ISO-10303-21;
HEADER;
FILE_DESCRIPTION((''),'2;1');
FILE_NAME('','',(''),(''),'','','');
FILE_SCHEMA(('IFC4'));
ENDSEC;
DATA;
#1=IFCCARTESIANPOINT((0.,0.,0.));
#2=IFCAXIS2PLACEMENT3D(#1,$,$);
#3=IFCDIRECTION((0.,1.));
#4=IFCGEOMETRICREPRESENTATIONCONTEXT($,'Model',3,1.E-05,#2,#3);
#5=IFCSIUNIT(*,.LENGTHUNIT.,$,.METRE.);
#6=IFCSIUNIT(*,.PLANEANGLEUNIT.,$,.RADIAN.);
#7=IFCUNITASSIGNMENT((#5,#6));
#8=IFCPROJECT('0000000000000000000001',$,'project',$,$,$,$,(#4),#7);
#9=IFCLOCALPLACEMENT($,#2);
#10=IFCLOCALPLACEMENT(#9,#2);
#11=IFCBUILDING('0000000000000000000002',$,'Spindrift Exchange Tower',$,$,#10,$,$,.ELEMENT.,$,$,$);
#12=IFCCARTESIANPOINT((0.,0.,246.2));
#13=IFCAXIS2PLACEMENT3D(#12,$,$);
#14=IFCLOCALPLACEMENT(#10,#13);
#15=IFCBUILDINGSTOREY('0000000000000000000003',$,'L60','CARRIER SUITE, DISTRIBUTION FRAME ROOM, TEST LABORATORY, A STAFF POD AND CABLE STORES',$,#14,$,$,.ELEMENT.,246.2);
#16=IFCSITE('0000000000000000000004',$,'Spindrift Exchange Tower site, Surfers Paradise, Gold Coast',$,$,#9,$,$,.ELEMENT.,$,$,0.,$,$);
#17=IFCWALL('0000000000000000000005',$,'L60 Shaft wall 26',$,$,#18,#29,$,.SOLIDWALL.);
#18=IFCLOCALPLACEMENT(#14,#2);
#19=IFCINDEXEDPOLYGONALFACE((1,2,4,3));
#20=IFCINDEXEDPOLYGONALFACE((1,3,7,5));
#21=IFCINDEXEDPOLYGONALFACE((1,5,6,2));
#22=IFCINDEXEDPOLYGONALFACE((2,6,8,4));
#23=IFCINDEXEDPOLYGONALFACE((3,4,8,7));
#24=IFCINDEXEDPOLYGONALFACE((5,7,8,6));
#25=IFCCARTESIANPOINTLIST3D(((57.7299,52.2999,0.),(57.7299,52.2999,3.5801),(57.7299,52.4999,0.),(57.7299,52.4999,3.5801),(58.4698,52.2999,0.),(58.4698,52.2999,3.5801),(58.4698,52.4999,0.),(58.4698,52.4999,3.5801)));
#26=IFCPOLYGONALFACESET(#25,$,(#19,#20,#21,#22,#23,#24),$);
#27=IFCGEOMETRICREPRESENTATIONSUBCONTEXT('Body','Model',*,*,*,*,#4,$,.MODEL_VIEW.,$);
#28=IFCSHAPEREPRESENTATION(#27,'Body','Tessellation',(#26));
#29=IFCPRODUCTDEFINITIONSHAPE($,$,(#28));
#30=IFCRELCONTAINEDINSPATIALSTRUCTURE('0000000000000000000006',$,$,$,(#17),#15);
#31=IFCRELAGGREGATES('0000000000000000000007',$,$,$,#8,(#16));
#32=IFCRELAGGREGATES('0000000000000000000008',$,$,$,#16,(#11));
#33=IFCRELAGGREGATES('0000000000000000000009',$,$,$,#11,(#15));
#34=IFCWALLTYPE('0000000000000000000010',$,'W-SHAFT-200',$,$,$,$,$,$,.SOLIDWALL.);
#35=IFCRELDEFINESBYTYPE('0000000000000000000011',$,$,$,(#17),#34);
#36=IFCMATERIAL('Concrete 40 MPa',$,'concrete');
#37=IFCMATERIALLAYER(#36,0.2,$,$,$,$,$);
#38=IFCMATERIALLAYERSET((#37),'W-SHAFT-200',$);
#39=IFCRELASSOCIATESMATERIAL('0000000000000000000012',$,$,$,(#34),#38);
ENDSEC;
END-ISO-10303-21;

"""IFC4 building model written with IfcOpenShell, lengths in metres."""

from ifc_helpers import new_model, si_unit, direction, frame, frame_2d, origin, place, context, subcontext, project, spatial, rectangle, extrude, material, layer, layer_set, type_object, element, save


model = new_model("IFC4")

# Units and contexts
model_context = context("Model", 3, precision=1e-05, world=origin(), true_north=direction((0.0, 1.0)))
body_context = subcontext(model_context, "Body", "Model", "MODEL_VIEW")
ifc_project = project(units=[si_unit("LENGTHUNIT", "METRE"), si_unit("PLANEANGLEUNIT", "RADIAN")], contexts=[model_context])

# Site, building, storey
site_placement = place(None, origin())
site = spatial("IfcSite", under=ifc_project, at=site_placement, Name="Spindrift Exchange Tower site, Surfers Paradise, Gold Coast", CompositionType="ELEMENT", RefElevation=0.0)
building_placement = place(site_placement, origin())
building = spatial("IfcBuilding", under=site, at=building_placement, Name="Spindrift Exchange Tower", CompositionType="ELEMENT")
storey_placement = place(building_placement, frame((0.0, 0.0, 246.2)))
storey = spatial("IfcBuildingStorey", under=building, at=storey_placement, Name="L60", Description="CARRIER SUITE, DISTRIBUTION FRAME ROOM, TEST LABORATORY, A STAFF POD AND CABLE STORES", CompositionType="ELEMENT", Elevation=246.2)

# Shared definitions
ifc_material_1 = material(Name="Concrete 40 MPa", Category="concrete")
ifc_layer_1 = layer(ifc_material_1, 0.2)
ifc_layer_set_1 = layer_set([ifc_layer_1], Name="W-SHAFT-200")
wall_type_1 = type_object("IfcWallType", Name="W-SHAFT-200", PredefinedType="SOLIDWALL", material=ifc_layer_set_1)

# Wall
wall_1_placement = place(storey_placement, frame((58.47, 52.3999, 0.0), z_axis=(0.0, 0.0, 1.0), x_axis=(-1.0, 0.0, 0.0)))
element("IfcWall", 1, at=wall_1_placement, inside=storey, type_object=wall_type_1, Name="L60 Shaft wall 26", PredefinedType="SOLIDWALL", context=body_context, shape_type="SweptSolid", body=[
    extrude(rectangle(XDim=0.74, YDim=0.2, at=frame_2d((0.3701, 0.0))), origin(), (0.0, 0.0, 1.0), 3.5801),
])

save(model, "model.ifc")
